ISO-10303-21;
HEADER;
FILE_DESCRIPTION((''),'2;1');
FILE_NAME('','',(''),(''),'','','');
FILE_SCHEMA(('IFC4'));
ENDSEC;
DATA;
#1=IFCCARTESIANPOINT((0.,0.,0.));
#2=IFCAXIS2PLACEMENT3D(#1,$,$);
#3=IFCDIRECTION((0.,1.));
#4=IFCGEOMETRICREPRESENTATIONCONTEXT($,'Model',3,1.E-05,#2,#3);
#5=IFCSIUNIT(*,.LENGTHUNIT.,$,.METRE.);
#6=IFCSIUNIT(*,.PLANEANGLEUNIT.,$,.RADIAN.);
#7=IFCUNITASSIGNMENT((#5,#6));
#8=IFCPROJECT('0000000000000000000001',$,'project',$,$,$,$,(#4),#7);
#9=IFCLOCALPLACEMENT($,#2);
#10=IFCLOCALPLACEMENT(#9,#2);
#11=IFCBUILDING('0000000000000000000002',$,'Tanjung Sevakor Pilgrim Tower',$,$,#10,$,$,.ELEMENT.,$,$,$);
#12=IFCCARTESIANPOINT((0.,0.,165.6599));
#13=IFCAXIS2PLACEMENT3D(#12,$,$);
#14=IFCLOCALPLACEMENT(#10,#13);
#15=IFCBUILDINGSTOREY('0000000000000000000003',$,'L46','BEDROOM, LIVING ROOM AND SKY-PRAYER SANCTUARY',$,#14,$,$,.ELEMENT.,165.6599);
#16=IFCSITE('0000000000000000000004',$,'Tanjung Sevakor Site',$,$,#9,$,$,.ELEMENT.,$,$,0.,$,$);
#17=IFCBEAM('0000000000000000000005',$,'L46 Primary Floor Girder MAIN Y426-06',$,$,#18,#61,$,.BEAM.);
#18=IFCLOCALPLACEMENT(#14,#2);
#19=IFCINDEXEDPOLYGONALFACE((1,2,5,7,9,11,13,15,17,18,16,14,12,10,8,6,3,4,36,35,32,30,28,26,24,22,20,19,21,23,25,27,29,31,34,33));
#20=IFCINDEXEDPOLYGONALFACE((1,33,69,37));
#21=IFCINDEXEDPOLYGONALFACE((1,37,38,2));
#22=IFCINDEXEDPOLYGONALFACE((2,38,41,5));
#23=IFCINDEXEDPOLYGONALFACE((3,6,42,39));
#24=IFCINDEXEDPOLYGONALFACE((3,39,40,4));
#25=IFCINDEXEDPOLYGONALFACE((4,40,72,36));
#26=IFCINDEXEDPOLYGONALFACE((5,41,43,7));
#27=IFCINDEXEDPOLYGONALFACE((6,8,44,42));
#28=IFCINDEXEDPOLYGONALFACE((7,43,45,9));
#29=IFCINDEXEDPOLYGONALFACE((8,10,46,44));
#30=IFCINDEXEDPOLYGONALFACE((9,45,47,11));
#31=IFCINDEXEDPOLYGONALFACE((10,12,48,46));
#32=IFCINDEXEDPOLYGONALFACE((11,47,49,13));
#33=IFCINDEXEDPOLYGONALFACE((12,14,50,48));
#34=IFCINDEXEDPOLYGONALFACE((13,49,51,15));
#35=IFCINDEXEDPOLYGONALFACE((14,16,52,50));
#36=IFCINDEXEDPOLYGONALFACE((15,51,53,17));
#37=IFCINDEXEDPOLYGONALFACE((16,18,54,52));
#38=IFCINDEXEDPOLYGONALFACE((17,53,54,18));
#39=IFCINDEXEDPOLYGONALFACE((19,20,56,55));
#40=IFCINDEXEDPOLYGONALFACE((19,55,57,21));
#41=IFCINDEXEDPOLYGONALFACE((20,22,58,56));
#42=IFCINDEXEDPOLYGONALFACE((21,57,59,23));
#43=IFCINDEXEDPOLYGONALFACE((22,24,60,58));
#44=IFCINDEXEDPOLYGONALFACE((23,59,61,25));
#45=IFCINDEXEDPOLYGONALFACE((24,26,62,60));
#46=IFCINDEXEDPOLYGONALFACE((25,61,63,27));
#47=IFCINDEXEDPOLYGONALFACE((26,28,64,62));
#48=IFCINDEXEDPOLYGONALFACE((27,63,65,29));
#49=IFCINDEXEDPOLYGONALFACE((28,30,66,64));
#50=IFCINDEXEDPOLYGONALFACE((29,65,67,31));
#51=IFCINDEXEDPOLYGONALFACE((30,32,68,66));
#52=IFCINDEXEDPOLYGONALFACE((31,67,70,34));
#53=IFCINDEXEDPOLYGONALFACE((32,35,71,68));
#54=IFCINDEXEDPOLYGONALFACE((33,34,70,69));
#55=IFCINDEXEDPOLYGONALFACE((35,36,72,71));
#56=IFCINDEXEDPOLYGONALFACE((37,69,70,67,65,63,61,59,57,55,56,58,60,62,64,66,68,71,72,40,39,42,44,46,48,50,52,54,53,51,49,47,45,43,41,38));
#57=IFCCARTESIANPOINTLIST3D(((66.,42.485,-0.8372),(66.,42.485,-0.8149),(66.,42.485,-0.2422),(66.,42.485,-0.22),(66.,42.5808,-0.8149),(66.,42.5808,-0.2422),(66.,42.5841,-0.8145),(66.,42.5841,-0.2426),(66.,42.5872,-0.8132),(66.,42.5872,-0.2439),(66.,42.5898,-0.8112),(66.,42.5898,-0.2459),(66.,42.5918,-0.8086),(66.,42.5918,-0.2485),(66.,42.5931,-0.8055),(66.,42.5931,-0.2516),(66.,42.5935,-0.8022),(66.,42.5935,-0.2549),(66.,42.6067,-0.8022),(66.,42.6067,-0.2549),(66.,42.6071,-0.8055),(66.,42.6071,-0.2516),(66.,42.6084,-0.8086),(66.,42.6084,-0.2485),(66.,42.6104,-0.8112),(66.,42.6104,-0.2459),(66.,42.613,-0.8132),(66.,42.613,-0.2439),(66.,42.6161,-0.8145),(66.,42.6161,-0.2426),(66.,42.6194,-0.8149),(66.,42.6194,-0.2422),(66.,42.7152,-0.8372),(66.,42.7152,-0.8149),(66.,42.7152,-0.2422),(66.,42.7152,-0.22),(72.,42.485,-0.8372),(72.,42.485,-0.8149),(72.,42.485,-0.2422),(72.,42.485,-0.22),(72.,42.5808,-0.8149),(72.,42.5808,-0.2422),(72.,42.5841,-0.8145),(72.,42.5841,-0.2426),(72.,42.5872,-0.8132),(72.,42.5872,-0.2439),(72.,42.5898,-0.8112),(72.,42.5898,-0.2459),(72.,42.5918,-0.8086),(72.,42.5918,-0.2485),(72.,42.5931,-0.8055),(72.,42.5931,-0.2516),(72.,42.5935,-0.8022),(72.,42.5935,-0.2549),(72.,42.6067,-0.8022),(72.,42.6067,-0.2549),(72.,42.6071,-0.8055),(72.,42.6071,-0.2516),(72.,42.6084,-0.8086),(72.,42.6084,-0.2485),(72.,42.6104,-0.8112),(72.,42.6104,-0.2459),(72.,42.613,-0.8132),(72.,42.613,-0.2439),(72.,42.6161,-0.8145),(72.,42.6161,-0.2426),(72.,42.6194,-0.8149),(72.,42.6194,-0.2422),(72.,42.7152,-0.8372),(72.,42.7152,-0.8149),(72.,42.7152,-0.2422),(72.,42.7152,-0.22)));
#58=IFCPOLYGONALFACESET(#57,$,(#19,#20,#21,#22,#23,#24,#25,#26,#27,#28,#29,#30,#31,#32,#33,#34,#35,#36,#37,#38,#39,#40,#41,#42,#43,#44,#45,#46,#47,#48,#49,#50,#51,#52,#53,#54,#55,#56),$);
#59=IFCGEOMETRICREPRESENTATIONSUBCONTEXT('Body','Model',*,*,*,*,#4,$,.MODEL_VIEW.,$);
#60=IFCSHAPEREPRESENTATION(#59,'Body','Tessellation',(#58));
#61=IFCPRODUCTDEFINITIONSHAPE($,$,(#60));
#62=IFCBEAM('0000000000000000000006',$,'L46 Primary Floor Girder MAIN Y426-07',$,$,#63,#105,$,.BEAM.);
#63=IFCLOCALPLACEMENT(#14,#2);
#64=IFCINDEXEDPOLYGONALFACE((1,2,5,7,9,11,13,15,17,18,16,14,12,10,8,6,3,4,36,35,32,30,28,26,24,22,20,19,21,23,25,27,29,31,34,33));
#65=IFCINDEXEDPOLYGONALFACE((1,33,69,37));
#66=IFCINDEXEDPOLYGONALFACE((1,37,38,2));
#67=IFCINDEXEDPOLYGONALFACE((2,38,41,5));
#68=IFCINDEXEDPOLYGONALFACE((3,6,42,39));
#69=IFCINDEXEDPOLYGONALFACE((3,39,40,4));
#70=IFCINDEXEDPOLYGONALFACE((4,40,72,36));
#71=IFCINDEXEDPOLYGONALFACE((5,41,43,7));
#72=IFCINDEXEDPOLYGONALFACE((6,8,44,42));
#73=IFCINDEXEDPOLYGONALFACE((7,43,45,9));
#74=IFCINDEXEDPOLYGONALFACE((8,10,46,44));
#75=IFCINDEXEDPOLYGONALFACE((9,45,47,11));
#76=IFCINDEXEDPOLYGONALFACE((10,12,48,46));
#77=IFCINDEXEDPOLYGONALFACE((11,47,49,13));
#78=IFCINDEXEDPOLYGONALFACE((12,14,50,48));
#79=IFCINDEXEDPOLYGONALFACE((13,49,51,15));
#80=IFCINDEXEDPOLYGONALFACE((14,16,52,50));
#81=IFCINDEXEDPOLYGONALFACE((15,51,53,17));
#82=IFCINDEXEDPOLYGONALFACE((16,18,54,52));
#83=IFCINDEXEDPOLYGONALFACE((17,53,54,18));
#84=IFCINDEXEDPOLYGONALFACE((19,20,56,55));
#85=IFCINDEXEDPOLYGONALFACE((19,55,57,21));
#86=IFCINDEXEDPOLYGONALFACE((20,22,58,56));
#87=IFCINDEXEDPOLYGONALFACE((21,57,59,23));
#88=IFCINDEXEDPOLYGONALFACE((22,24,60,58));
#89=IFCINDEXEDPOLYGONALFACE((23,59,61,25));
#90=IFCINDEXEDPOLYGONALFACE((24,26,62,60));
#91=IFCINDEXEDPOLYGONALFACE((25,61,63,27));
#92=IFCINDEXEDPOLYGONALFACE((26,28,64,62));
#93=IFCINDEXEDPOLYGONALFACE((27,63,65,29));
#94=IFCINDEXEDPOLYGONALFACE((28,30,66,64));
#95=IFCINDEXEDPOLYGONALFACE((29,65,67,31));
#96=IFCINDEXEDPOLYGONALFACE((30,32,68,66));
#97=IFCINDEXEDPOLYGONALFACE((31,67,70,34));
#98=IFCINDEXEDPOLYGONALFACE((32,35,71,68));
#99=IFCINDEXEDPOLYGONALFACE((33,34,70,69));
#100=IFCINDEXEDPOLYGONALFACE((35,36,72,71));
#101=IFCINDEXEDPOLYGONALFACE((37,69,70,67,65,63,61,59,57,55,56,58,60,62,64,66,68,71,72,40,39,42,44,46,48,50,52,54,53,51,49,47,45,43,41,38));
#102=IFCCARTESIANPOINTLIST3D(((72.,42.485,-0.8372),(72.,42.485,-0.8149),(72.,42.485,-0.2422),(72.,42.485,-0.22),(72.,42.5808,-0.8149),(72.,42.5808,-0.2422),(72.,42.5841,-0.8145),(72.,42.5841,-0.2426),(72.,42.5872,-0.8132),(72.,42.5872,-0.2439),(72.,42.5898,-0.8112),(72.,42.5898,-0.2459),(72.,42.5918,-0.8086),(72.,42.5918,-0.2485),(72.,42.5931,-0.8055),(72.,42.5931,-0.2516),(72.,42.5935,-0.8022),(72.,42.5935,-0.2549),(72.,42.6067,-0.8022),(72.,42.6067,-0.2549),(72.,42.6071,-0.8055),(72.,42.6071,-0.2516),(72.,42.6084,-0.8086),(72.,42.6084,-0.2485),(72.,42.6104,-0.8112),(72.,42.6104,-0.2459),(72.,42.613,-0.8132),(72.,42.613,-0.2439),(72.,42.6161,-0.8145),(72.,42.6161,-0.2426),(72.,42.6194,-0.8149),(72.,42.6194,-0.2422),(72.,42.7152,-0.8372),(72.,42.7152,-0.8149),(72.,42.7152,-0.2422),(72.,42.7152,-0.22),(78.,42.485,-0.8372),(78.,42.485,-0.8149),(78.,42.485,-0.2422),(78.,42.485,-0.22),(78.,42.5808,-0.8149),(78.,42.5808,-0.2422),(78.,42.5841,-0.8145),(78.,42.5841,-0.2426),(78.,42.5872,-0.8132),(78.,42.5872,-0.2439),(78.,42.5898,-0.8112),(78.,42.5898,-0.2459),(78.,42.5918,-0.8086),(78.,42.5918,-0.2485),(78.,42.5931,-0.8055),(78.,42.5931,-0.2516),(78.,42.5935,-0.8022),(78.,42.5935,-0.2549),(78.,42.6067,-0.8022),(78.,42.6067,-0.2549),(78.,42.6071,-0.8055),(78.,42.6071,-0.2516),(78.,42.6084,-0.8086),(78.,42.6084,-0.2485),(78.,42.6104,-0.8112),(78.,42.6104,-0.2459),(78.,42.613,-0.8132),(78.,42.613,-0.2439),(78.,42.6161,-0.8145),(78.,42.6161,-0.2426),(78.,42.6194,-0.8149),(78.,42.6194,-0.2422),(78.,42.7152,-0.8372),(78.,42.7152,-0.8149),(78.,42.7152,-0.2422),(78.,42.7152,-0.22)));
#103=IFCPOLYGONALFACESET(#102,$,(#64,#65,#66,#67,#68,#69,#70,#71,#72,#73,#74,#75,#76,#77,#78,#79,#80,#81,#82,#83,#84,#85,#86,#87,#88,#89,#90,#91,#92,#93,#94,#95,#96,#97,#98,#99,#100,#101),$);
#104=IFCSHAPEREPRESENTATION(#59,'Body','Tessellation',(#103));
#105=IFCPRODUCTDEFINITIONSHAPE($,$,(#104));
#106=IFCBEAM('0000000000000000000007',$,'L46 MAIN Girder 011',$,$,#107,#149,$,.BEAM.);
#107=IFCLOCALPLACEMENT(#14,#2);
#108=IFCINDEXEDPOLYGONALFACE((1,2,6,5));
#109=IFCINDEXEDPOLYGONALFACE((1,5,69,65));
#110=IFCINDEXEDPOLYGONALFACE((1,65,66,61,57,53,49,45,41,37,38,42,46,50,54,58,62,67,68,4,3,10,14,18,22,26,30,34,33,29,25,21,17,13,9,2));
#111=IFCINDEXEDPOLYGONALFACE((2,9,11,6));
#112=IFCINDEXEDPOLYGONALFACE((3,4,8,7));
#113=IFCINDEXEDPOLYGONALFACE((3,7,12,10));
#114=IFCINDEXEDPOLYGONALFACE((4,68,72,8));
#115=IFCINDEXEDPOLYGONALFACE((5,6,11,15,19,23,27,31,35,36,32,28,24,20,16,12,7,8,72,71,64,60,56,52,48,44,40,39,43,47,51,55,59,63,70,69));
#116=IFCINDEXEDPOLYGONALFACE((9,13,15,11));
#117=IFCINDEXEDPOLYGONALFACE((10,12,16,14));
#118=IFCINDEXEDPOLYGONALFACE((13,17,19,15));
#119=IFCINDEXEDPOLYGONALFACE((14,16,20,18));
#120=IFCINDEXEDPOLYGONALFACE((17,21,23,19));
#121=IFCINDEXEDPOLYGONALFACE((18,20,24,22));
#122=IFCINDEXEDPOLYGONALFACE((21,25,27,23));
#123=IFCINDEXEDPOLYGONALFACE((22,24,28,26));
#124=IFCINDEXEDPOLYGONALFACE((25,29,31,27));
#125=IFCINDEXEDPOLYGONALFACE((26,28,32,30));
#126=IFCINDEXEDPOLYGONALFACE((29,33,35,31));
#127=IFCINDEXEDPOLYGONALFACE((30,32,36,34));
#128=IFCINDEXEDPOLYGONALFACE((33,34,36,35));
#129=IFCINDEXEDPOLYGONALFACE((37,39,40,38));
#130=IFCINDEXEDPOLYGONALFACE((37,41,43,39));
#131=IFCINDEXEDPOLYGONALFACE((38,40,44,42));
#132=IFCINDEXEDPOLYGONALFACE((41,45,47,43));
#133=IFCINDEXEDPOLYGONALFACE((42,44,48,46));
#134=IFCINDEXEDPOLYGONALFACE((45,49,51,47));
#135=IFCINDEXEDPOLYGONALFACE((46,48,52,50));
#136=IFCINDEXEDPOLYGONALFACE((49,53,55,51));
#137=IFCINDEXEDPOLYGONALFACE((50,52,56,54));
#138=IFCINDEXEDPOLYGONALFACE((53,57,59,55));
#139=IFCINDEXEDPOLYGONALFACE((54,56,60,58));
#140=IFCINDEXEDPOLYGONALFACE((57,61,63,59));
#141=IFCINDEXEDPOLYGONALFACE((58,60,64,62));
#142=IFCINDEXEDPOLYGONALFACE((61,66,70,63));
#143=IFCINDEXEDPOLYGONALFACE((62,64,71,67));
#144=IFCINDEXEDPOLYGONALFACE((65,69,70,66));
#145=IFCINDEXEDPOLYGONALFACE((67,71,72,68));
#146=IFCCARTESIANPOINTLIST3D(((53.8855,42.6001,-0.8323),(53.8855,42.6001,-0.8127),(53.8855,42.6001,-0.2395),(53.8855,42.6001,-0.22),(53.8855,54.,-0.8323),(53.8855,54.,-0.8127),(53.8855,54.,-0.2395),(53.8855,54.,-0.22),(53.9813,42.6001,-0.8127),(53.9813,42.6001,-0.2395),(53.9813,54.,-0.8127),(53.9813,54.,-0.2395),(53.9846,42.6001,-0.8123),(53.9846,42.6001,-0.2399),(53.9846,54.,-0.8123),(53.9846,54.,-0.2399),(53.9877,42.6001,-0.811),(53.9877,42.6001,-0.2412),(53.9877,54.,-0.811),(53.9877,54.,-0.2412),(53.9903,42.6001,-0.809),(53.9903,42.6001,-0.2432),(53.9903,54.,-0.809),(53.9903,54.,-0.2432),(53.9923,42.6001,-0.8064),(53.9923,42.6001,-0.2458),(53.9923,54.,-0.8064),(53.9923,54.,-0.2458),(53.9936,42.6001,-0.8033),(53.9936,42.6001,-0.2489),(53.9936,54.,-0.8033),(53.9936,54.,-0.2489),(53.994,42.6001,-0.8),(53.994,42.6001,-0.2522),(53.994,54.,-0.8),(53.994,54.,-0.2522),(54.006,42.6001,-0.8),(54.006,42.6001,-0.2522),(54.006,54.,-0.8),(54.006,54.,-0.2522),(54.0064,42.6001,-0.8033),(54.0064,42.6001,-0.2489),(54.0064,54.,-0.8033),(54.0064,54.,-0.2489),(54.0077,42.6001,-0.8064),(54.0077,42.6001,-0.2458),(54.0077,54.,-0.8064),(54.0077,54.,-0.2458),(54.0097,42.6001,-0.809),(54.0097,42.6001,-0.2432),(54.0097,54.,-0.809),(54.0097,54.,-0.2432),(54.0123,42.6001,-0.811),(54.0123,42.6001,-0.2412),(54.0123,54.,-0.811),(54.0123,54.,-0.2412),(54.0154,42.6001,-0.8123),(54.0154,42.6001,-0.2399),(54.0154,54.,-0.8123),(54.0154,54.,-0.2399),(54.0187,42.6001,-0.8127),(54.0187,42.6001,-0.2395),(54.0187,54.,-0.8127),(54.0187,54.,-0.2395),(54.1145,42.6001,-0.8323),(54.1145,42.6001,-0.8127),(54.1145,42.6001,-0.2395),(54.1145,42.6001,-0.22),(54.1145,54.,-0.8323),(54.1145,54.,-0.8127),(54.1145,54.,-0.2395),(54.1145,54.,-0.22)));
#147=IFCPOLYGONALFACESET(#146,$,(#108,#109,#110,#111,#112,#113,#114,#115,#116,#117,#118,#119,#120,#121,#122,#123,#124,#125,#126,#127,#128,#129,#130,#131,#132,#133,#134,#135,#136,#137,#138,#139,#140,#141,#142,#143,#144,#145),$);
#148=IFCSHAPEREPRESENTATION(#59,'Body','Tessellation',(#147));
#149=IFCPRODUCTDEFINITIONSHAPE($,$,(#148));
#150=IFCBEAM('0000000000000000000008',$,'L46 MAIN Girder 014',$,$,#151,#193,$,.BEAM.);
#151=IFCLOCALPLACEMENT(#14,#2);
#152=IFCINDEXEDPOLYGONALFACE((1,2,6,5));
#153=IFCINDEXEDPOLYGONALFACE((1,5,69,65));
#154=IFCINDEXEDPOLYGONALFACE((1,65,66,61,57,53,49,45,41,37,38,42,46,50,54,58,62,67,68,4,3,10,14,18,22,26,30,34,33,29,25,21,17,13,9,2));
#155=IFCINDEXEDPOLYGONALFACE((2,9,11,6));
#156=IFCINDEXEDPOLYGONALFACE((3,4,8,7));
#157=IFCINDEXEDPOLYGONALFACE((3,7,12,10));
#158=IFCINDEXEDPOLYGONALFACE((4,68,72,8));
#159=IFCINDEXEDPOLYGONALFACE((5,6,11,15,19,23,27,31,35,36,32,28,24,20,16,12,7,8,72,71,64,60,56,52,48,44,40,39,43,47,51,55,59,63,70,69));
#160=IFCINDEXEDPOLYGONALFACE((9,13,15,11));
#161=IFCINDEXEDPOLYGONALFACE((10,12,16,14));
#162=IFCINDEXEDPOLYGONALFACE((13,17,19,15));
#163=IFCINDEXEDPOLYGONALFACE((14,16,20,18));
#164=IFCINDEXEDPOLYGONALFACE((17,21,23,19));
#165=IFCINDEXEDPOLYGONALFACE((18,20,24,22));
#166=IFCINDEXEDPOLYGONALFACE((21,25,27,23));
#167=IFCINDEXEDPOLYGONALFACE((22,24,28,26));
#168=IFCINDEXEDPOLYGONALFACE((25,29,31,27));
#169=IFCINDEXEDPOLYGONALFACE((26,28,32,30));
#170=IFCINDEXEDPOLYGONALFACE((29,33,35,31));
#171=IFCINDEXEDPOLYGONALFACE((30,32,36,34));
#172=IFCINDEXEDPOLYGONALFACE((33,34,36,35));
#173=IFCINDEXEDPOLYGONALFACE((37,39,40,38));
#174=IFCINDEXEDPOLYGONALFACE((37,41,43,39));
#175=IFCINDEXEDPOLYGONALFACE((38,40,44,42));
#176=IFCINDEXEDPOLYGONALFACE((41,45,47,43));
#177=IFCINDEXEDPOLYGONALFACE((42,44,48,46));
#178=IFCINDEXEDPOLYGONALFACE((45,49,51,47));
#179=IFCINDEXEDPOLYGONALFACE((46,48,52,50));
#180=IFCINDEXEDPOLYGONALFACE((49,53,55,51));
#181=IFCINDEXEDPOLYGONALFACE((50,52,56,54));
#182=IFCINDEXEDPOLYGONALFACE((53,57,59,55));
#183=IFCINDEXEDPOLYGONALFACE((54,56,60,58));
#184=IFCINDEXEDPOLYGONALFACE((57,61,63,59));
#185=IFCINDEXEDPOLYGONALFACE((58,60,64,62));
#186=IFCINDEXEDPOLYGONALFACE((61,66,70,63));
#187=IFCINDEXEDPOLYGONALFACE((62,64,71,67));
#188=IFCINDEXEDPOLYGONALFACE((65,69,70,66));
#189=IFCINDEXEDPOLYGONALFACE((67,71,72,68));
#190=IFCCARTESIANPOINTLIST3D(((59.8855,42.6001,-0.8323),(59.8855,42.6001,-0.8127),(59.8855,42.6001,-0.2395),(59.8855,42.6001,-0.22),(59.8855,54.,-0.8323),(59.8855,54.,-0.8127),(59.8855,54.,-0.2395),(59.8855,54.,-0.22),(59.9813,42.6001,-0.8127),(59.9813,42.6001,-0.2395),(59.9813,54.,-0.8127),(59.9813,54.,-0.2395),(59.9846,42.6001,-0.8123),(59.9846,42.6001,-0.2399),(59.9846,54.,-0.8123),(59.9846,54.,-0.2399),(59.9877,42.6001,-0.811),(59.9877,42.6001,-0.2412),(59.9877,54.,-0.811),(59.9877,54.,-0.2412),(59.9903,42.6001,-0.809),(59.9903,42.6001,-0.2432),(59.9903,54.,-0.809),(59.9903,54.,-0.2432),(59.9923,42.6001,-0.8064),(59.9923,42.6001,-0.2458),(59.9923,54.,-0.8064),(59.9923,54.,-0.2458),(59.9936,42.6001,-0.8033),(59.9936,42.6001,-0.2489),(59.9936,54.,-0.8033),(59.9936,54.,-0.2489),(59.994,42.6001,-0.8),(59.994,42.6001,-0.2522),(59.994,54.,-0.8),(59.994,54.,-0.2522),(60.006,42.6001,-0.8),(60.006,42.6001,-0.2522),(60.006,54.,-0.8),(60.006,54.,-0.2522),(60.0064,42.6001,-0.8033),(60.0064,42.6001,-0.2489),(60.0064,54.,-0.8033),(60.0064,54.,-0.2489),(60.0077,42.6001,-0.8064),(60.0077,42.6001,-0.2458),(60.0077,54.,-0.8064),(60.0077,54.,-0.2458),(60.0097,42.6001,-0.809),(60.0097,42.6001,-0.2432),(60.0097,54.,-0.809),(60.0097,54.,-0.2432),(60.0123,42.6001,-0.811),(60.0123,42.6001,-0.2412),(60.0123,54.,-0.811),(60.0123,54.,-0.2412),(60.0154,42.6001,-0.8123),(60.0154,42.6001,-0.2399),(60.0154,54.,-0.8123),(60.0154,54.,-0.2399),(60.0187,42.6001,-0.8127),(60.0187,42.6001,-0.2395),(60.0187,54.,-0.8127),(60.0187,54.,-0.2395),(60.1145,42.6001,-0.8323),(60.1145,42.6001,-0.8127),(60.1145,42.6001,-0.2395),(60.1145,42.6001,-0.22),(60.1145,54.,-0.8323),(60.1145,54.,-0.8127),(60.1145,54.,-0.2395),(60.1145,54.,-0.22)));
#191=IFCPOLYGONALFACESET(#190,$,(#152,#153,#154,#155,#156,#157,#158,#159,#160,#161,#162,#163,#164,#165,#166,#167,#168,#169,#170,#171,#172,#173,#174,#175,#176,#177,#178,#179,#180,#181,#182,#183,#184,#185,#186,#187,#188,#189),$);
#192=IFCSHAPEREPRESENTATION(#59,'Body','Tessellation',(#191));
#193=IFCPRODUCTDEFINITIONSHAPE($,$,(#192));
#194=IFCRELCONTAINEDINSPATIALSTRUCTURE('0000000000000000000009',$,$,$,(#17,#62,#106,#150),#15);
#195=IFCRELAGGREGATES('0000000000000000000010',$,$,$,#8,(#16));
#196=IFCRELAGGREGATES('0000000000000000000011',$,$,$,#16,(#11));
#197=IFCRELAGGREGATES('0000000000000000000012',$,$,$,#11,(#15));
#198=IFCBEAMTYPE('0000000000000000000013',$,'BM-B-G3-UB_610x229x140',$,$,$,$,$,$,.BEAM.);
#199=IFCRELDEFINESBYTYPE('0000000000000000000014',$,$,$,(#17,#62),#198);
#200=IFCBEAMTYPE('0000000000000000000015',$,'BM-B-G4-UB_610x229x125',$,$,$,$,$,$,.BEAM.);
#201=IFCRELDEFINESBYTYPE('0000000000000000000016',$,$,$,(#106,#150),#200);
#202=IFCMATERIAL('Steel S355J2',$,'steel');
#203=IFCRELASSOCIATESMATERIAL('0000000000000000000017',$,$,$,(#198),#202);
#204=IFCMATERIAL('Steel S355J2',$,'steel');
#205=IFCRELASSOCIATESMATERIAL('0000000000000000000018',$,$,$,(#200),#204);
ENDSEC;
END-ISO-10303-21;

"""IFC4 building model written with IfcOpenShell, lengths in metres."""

from ifc_helpers import new_model, si_unit, direction, frame, origin, origin_2d, place, context, subcontext, project, spatial, i_section, extrude, material, material_profile, profile_set, type_object, element, save


model = new_model("IFC4")

# Units and contexts
model_context = context("Model", 3, precision=1e-05, world=origin(), true_north=direction((0.0, 1.0)))
body_context = subcontext(model_context, "Body", "Model", "MODEL_VIEW")
ifc_project = project(units=[si_unit("LENGTHUNIT", "METRE"), si_unit("PLANEANGLEUNIT", "RADIAN")], contexts=[model_context])

# Site, building, storey
site_placement = place(None, origin())
site = spatial("IfcSite", under=ifc_project, at=site_placement, Name="Tanjung Sevakor Site", CompositionType="ELEMENT", RefElevation=0.0)
building_placement = place(site_placement, origin())
building = spatial("IfcBuilding", under=site, at=building_placement, Name="Tanjung Sevakor Pilgrim Tower", CompositionType="ELEMENT")
storey_placement = place(building_placement, frame((0.0, 0.0, 165.6599)))
storey = spatial("IfcBuildingStorey", under=building, at=storey_placement, Name="L46", Description="BEDROOM, LIVING ROOM AND SKY-PRAYER SANCTUARY", CompositionType="ELEMENT", Elevation=165.6599)

# Beams
ifc_material_1 = material(Name="Steel S355J2", Category="steel")
ifc_material_profile_1 = material_profile(ifc_material_1, i_section(OverallWidth=0.2302, OverallDepth=0.6172, WebThickness=0.0132, FlangeThickness=0.0222, FilletRadius=0.0127, at=origin_2d()))
ifc_profile_set_1 = profile_set([ifc_material_profile_1], Name="Steel S355J2")
beam_type_1 = type_object("IfcBeamType", Name="BM-B-G3-UB_610x229x140", PredefinedType="BEAM", material=ifc_profile_set_1)
for number, where, z_axis, x_axis, name in (
    (1, (66.0, 42.6001, -0.5286), (1.0, 0.0, 0.0), (0.0, 1.0, 0.0), "L46 Primary Floor Girder MAIN Y426-06"),
    (2, (72.0, 42.6001, -0.5286), (1.0, 0.0, 0.0), (0.0, 1.0, 0.0), "L46 Primary Floor Girder MAIN Y426-07"),
):
    element("IfcBeam", number, at=place(storey_placement, frame(where, z_axis=z_axis, x_axis=x_axis)), inside=storey, type_object=beam_type_1, Name=name, PredefinedType="BEAM", context=body_context, shape_type="SweptSolid", body=[
        extrude(i_section(OverallWidth=0.2302, OverallDepth=0.6172, WebThickness=0.0132, FlangeThickness=0.0222, FilletRadius=0.0127, at=origin_2d()), origin(), (0.0, 0.0, 1.0), 6.0),
    ])
ifc_material_2 = material(Name="Steel S355J2", Category="steel")
ifc_material_profile_2 = material_profile(ifc_material_2, i_section(OverallWidth=0.229, OverallDepth=0.6123, WebThickness=0.012, FlangeThickness=0.0195, FilletRadius=0.0127, at=origin_2d()))
ifc_profile_set_2 = profile_set([ifc_material_profile_2], Name="Steel S355J2")
beam_type_2 = type_object("IfcBeamType", Name="BM-B-G4-UB_610x229x125", PredefinedType="BEAM", material=ifc_profile_set_2)
for number, where, z_axis, x_axis, name in (
    (3, (54.0, 42.6001, -0.5261), (0.0, 1.0, 0.0), (-1.0, 0.0, 0.0), "L46 MAIN Girder 011"),
    (4, (60.0, 42.6001, -0.5261), (0.0, 1.0, 0.0), (-1.0, 0.0, 0.0), "L46 MAIN Girder 014"),
):
    element("IfcBeam", number, at=place(storey_placement, frame(where, z_axis=z_axis, x_axis=x_axis)), inside=storey, type_object=beam_type_2, Name=name, PredefinedType="BEAM", context=body_context, shape_type="SweptSolid", body=[
        extrude(i_section(OverallWidth=0.229, OverallDepth=0.6123, WebThickness=0.012, FlangeThickness=0.0195, FilletRadius=0.0127, at=origin_2d()), origin(), (0.0, 0.0, 1.0), 11.3999),
    ])

save(model, "model.ifc")
